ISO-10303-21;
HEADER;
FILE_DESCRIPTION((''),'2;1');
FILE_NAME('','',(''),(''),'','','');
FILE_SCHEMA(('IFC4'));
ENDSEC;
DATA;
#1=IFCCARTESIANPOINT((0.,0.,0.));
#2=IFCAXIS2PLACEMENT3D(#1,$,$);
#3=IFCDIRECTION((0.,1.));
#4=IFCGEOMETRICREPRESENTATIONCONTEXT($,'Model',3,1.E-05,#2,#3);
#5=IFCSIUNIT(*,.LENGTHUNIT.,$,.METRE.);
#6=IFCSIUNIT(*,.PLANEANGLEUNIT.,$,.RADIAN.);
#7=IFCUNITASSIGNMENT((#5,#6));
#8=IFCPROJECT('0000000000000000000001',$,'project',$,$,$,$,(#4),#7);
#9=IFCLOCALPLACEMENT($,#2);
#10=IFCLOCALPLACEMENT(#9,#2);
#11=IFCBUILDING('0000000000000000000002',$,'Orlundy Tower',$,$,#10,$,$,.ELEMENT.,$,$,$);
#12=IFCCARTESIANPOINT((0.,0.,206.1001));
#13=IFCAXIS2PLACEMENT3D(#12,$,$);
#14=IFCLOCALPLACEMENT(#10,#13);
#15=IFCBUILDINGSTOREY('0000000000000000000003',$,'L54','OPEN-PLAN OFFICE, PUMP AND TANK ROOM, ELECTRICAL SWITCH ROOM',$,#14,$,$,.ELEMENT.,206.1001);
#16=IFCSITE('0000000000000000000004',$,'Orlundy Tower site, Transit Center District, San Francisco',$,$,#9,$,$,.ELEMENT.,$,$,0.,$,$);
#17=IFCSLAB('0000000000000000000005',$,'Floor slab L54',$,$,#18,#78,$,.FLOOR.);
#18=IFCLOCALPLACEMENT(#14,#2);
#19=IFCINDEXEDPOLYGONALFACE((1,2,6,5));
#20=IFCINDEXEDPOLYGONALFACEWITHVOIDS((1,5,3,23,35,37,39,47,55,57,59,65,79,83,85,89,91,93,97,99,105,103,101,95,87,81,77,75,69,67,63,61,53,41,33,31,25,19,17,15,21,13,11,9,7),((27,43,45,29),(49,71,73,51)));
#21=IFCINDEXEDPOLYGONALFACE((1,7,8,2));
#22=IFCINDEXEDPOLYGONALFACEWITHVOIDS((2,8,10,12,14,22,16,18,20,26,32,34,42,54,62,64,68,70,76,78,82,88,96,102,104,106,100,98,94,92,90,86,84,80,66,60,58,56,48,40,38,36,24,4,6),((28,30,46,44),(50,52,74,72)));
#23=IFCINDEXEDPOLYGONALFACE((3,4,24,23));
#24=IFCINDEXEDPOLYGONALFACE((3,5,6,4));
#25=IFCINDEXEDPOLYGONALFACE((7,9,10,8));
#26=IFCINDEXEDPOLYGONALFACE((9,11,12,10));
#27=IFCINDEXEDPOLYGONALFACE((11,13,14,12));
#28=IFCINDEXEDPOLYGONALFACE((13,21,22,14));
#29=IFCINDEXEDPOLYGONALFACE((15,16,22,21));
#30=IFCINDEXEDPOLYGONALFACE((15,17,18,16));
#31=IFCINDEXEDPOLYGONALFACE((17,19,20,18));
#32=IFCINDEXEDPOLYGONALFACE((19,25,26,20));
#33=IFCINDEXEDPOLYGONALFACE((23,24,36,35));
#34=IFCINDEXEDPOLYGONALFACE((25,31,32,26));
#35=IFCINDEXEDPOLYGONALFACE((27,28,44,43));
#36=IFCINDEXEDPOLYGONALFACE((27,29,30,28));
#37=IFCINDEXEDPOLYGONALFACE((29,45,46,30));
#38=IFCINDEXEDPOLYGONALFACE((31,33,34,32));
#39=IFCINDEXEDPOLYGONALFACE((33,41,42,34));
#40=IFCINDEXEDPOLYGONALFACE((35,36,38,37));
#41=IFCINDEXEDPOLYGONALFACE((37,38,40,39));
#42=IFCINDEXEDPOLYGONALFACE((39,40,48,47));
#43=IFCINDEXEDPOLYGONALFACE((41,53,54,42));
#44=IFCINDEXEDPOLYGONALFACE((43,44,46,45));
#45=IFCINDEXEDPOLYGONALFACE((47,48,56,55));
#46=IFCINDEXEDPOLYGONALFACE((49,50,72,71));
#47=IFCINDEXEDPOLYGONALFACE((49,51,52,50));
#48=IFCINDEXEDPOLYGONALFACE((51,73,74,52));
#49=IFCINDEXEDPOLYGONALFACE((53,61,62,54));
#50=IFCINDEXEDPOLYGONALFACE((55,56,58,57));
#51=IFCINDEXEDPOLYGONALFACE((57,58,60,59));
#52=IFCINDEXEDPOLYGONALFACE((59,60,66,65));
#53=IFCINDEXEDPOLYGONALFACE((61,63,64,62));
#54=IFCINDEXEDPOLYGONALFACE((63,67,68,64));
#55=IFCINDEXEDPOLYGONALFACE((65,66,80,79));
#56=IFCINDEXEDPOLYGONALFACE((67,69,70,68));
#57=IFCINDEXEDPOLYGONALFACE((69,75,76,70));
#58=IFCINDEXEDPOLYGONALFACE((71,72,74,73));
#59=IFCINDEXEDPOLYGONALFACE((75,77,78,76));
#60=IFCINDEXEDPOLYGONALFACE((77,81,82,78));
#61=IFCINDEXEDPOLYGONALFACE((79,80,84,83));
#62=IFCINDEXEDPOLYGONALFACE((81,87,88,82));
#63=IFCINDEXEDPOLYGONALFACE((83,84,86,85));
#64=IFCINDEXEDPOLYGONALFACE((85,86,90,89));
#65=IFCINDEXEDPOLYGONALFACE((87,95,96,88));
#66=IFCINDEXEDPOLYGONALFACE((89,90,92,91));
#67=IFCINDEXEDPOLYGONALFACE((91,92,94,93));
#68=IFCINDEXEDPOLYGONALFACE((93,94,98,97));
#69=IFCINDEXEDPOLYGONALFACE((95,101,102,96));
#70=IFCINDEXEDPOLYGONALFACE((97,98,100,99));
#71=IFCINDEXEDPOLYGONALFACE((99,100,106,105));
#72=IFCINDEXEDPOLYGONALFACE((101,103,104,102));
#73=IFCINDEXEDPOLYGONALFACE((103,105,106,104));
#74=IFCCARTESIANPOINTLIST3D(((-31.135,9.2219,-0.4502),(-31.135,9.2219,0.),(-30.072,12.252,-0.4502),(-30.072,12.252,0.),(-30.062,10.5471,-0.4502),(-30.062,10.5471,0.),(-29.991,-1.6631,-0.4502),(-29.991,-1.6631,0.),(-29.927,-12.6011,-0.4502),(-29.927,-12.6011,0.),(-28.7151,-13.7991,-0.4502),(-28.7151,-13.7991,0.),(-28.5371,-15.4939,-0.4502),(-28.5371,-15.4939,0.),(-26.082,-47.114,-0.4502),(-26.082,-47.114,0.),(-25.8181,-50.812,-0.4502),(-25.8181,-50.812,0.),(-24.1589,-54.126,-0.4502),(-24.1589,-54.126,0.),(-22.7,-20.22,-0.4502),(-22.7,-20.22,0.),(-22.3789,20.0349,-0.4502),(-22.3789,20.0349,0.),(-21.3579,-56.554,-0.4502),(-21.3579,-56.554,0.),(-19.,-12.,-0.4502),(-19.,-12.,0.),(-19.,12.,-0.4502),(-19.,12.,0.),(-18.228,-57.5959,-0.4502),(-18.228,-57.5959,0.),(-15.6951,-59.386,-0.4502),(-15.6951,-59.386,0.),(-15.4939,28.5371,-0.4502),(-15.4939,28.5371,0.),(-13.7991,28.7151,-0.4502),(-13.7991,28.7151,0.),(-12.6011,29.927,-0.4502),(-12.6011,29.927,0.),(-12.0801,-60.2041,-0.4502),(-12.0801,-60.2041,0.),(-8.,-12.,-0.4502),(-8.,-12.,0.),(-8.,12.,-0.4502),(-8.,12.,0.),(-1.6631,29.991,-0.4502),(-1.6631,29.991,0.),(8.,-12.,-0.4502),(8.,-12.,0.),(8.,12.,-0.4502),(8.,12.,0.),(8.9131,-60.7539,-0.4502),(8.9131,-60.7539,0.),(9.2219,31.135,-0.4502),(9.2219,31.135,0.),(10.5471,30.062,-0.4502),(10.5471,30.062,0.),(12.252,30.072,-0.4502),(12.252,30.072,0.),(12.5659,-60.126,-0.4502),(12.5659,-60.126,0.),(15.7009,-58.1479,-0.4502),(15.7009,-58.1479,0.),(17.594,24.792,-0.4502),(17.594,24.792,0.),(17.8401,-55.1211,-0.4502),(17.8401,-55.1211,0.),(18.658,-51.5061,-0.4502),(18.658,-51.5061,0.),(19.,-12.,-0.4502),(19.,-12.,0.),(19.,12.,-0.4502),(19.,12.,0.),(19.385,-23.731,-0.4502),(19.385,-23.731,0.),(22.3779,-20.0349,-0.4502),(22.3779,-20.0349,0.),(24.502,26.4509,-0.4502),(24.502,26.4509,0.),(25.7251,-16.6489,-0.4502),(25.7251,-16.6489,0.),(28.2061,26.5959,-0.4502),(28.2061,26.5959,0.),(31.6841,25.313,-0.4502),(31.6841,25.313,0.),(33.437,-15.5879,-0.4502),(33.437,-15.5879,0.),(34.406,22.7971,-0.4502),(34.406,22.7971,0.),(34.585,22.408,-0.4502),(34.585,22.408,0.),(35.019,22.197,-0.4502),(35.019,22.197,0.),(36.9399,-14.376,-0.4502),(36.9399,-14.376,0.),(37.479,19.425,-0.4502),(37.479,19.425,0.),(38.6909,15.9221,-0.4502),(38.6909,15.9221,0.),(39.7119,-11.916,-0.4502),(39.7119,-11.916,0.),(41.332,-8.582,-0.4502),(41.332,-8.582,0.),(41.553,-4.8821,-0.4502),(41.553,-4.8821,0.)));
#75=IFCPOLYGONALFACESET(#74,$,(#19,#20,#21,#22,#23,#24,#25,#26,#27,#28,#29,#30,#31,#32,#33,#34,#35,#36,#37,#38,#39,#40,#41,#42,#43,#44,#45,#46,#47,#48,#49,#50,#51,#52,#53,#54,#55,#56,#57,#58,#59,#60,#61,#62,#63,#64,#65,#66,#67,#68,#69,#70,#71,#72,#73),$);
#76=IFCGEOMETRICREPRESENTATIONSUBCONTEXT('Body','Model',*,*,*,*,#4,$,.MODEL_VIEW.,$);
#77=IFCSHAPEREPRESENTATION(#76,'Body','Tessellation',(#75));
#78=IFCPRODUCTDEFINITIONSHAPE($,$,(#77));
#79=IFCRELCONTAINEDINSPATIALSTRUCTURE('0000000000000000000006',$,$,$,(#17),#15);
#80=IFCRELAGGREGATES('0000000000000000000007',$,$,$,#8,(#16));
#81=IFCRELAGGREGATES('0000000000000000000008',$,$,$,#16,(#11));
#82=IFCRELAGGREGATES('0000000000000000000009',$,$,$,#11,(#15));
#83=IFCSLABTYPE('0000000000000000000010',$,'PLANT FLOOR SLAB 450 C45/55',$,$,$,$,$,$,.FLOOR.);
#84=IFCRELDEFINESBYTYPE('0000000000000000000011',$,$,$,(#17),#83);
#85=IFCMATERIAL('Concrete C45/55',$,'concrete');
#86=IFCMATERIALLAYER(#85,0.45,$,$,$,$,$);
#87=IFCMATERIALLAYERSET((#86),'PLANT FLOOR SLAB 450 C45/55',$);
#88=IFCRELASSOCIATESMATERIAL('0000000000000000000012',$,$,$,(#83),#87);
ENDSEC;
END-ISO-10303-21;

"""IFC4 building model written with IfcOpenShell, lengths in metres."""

from ifc_helpers import new_model, si_unit, direction, frame, origin, place, context, subcontext, project, spatial, polyline, outline, extrude, material, layer, layer_set, type_object, element, save


model = new_model("IFC4")

# Units and contexts
model_context = context("Model", 3, precision=1e-05, world=origin(), true_north=direction((0.0, 1.0)))
body_context = subcontext(model_context, "Body", "Model", "MODEL_VIEW")
ifc_project = project(units=[si_unit("LENGTHUNIT", "METRE"), si_unit("PLANEANGLEUNIT", "RADIAN")], contexts=[model_context])

# Site, building, storey
site_placement = place(None, origin())
site = spatial("IfcSite", under=ifc_project, at=site_placement, Name="Orlundy Tower site, Transit Center District, San Francisco", CompositionType="ELEMENT", RefElevation=0.0)
building_placement = place(site_placement, origin())
building = spatial("IfcBuilding", under=site, at=building_placement, Name="Orlundy Tower", CompositionType="ELEMENT")
storey_placement = place(building_placement, frame((0.0, 0.0, 206.1001)))
storey = spatial("IfcBuildingStorey", under=building, at=storey_placement, Name="L54", Description="OPEN-PLAN OFFICE, PUMP AND TANK ROOM, ELECTRICAL SWITCH ROOM", CompositionType="ELEMENT", Elevation=206.1001)

# Slab
ifc_material_1 = material(Name="Concrete C45/55", Category="concrete")
ifc_layer_1 = layer(ifc_material_1, 0.45)
ifc_layer_set_1 = layer_set([ifc_layer_1], Name="PLANT FLOOR SLAB 450 C45/55")
slab_type_1 = type_object("IfcSlabType", Name="PLANT FLOOR SLAB 450 C45/55", PredefinedType="FLOOR", material=ifc_layer_set_1)
slab_1_placement = place(storey_placement, frame((0.0, 0.0, -0.4502)))
element("IfcSlab", 1, at=slab_1_placement, inside=storey, type_object=slab_type_1, Name="Floor slab L54", PredefinedType="FLOOR", context=body_context, shape_type="SweptSolid", body=[
    extrude(outline(polyline([(-28.5371, -15.4939), (-28.7151, -13.7991), (-29.927, -12.6011), (-29.991, -1.6631), (-31.135, 9.2219), (-30.062, 10.5471), (-30.072, 12.252), (-22.3789, 20.0349), (-15.4939, 28.5371), (-13.7991, 28.7151), (-12.6011, 29.927), (-1.6631, 29.991), (9.2219, 31.135), (10.5471, 30.062), (12.252, 30.072), (17.594, 24.792), (24.502, 26.4509), (28.2061, 26.5959), (31.6841, 25.313), (34.406, 22.7971), (34.585, 22.408), (35.019, 22.197), (37.479, 19.425), (38.6909, 15.9221), (41.553, -4.8821), (41.332, -8.582), (39.7119, -11.916), (36.9399, -14.376), (33.437, -15.5879), (25.7251, -16.6489), (22.3779, -20.0349), (19.385, -23.731), (18.658, -51.5061), (17.8401, -55.1211), (15.7009, -58.1479), (12.5659, -60.126), (8.9131, -60.7539), (-12.0801, -60.2041), (-15.6951, -59.386), (-18.228, -57.5959), (-21.3579, -56.554), (-24.1589, -54.126), (-25.8181, -50.812), (-26.082, -47.114), (-22.7, -20.22), (-28.5371, -15.4939)]), holes=[polyline([(-8.0, -12.0), (-8.0, 12.0), (-19.0, 12.0), (-19.0, -12.0), (-8.0, -12.0)]), polyline([(19.0, -12.0), (19.0, 12.0), (8.0, 12.0), (8.0, -12.0), (19.0, -12.0)])]), origin(), (0.0, 0.0, 1.0), 0.4502),
])

save(model, "model.ifc")
